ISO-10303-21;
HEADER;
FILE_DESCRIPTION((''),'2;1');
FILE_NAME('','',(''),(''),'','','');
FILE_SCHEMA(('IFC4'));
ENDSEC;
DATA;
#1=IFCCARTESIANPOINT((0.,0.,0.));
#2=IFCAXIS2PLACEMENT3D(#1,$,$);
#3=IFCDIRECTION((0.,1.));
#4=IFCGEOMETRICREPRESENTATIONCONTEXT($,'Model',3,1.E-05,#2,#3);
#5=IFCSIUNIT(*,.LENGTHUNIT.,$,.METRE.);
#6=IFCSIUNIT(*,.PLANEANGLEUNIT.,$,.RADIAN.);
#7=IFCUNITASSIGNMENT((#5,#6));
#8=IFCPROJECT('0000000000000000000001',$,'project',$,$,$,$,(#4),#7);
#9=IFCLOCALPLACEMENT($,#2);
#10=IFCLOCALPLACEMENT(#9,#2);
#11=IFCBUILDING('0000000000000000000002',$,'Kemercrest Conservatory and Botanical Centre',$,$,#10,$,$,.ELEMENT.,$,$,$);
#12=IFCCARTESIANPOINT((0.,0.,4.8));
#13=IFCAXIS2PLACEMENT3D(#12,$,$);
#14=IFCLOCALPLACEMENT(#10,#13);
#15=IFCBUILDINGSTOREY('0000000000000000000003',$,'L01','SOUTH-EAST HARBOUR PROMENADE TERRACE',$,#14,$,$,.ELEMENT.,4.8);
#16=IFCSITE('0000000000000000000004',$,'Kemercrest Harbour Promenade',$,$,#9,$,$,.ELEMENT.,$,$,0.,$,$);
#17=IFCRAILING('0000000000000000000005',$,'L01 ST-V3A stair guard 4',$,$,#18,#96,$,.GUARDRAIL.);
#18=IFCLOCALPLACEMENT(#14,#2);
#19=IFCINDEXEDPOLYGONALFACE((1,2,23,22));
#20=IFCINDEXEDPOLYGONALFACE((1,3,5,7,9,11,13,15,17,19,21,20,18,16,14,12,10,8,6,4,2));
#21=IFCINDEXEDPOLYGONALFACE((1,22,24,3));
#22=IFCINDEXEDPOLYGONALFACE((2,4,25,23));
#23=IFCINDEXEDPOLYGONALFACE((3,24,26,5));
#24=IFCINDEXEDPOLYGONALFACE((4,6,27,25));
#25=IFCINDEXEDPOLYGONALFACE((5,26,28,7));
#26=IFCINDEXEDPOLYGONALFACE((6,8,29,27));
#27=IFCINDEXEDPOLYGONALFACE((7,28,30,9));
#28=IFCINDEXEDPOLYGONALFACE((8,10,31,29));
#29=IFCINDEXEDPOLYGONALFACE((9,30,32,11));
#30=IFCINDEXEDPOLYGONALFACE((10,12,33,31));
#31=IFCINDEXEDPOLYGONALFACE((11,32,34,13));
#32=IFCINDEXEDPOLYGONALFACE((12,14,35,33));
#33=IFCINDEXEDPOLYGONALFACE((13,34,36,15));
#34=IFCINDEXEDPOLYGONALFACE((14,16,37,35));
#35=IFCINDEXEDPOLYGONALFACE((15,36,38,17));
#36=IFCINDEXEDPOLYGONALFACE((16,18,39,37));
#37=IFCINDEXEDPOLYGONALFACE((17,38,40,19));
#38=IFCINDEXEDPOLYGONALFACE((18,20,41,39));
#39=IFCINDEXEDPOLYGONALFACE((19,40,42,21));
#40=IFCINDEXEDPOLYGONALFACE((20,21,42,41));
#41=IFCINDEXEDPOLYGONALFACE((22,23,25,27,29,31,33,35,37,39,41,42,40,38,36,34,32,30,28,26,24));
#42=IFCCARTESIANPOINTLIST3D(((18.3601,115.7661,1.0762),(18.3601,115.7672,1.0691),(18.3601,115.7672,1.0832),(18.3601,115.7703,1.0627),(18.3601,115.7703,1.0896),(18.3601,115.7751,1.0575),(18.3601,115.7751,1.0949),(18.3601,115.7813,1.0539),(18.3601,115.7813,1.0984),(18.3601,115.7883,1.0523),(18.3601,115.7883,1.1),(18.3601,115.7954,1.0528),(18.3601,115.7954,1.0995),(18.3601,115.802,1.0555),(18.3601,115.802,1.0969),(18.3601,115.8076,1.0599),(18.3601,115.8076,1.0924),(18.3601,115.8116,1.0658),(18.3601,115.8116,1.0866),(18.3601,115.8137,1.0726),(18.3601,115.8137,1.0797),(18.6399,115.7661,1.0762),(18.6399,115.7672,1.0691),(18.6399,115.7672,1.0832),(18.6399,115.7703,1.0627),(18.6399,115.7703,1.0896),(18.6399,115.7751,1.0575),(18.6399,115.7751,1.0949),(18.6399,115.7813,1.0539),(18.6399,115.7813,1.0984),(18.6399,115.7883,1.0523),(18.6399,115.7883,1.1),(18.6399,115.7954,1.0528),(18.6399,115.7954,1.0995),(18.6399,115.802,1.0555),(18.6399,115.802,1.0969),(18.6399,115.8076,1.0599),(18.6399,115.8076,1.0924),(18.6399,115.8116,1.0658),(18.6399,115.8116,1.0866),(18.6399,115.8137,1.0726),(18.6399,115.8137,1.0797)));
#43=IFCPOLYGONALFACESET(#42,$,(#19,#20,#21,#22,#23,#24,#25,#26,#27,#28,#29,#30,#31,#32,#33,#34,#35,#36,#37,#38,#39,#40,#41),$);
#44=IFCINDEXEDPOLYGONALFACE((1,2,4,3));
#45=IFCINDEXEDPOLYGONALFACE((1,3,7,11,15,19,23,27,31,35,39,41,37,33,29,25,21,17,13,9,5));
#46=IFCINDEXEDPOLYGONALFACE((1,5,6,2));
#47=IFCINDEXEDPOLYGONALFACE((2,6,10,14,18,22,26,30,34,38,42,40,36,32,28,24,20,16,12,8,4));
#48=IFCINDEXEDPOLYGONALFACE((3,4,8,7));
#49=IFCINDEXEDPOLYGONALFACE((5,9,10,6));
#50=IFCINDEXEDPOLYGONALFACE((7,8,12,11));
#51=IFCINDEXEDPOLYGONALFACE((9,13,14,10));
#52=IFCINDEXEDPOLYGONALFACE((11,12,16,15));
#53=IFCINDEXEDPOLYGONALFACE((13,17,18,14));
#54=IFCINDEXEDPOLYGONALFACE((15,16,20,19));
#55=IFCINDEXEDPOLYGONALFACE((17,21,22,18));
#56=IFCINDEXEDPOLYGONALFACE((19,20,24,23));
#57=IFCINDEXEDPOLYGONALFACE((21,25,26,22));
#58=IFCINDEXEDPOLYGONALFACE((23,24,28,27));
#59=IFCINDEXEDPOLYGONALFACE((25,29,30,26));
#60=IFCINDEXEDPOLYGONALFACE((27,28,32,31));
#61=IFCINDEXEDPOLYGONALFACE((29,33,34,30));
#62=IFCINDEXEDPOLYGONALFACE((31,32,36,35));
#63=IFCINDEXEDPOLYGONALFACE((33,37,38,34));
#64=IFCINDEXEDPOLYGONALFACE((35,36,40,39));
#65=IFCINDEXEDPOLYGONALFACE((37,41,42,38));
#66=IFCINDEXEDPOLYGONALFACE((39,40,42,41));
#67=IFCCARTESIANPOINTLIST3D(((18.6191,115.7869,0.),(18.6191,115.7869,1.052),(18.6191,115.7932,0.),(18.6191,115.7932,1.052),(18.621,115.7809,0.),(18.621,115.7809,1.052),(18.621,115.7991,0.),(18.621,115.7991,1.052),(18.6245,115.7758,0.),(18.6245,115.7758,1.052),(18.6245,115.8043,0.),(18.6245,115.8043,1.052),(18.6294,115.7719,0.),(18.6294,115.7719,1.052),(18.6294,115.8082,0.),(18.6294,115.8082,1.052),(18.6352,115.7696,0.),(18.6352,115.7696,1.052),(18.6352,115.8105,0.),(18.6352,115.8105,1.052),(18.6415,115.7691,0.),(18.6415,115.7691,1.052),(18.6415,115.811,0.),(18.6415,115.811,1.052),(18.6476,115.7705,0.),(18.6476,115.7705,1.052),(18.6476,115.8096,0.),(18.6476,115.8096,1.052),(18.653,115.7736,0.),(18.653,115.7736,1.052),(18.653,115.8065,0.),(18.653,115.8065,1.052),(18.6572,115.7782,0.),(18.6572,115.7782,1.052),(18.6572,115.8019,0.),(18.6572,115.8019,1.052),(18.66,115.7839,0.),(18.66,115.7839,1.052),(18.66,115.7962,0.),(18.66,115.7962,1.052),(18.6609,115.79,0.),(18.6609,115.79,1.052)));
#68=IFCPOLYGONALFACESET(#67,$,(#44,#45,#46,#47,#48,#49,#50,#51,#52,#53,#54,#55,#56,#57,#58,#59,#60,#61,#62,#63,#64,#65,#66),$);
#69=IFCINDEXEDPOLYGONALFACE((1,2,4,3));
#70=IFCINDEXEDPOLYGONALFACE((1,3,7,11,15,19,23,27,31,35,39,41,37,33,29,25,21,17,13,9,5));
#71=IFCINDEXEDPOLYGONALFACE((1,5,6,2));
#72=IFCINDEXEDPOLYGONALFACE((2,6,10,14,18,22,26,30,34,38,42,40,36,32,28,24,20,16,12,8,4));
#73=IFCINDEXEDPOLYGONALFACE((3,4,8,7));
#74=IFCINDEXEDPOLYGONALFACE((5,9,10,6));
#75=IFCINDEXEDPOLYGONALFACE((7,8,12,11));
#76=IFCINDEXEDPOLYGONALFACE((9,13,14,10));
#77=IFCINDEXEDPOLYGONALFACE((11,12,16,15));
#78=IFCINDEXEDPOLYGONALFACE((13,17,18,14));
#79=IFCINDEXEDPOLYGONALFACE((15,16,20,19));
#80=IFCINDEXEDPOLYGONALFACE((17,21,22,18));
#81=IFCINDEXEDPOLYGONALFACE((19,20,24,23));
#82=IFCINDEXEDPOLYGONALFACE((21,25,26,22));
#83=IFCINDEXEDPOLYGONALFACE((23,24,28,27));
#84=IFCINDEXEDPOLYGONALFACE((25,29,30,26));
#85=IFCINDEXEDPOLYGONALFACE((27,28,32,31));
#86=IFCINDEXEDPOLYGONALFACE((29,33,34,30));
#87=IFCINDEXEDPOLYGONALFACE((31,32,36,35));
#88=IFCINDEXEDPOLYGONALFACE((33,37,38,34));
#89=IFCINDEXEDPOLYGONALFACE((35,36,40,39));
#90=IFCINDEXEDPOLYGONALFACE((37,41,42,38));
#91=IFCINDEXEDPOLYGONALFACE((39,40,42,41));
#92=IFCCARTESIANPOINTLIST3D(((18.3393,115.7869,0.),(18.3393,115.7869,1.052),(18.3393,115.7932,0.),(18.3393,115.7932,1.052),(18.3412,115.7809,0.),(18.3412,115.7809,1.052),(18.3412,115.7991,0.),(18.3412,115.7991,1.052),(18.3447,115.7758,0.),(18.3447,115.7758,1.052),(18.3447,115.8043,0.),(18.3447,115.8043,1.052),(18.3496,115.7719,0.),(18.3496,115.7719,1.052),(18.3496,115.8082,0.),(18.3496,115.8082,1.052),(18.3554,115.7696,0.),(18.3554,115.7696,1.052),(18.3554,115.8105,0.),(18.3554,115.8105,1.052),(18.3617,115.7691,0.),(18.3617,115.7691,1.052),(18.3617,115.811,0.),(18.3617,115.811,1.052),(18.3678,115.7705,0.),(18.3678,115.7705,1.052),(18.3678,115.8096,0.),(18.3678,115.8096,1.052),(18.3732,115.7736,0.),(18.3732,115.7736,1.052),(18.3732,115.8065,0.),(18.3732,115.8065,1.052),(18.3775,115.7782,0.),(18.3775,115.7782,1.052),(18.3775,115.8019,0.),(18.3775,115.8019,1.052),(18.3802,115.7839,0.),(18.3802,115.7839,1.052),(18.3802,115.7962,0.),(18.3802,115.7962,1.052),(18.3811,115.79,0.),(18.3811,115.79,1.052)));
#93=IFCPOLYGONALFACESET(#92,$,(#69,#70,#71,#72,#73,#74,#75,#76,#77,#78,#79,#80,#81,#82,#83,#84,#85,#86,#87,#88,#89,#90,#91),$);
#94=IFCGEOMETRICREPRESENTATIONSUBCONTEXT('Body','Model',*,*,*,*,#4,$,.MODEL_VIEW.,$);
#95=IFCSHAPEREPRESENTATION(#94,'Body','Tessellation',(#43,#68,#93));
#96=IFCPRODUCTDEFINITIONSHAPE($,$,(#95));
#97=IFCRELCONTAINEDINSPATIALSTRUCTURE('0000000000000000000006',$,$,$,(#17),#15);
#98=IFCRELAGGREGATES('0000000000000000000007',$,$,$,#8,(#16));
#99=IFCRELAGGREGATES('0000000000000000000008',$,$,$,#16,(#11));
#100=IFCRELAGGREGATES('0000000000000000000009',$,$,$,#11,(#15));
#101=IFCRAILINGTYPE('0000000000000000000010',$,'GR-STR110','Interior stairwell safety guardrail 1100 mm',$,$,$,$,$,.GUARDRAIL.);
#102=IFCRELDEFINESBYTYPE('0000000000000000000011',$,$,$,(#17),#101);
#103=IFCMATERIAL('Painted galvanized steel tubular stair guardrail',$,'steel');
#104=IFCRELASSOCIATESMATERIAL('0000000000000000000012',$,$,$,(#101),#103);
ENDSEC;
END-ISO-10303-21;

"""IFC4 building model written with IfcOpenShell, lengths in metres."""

from ifc_helpers import new_model, si_unit, direction, frame, origin, origin_2d, place, context, subcontext, project, spatial, circle, extrude, material, type_object, element, save


model = new_model("IFC4")

# Units and contexts
model_context = context("Model", 3, precision=1e-05, world=origin(), true_north=direction((0.0, 1.0)))
body_context = subcontext(model_context, "Body", "Model", "MODEL_VIEW")
ifc_project = project(units=[si_unit("LENGTHUNIT", "METRE"), si_unit("PLANEANGLEUNIT", "RADIAN")], contexts=[model_context])

# Site, building, storey
site_placement = place(None, origin())
site = spatial("IfcSite", under=ifc_project, at=site_placement, Name="Kemercrest Harbour Promenade", CompositionType="ELEMENT", RefElevation=0.0)
building_placement = place(site_placement, origin())
building = spatial("IfcBuilding", under=site, at=building_placement, Name="Kemercrest Conservatory and Botanical Centre", CompositionType="ELEMENT")
storey_placement = place(building_placement, frame((0.0, 0.0, 4.8)))
storey = spatial("IfcBuildingStorey", under=building, at=storey_placement, Name="L01", Description="SOUTH-EAST HARBOUR PROMENADE TERRACE", CompositionType="ELEMENT", Elevation=4.8)

# Railing
ifc_material_1 = material(Name="Painted galvanized steel tubular stair guardrail", Category="steel")
railing_type_1 = type_object("IfcRailingType", Name="GR-STR110", Description="Interior stairwell safety guardrail 1100 mm", PredefinedType="GUARDRAIL", material=ifc_material_1)
railing_1_placement = place(storey_placement, frame((18.6399, 115.79, 0.0)))
element("IfcRailing", 1, at=railing_1_placement, inside=storey, type_object=railing_type_1, Name="L01 ST-V3A stair guard 4", PredefinedType="GUARDRAIL", context=body_context, shape_type="SweptSolid", body=[
    extrude(circle(Radius=0.0239, at=origin_2d()), frame((0.0, 0.0, 1.0762), z_axis=(-1.0, 0.0, 0.0), x_axis=(0.0, -1.0, 0.0)), (0.0, 0.0, 1.0), 0.2798),
    extrude(circle(Radius=0.021, at=origin_2d()), origin(), (0.0, 0.0, 1.0), 1.052),
    extrude(circle(Radius=0.021, at=origin_2d()), frame((-0.2798, 0.0, 0.0)), (0.0, 0.0, 1.0), 1.052),
])

save(model, "model.ifc")
